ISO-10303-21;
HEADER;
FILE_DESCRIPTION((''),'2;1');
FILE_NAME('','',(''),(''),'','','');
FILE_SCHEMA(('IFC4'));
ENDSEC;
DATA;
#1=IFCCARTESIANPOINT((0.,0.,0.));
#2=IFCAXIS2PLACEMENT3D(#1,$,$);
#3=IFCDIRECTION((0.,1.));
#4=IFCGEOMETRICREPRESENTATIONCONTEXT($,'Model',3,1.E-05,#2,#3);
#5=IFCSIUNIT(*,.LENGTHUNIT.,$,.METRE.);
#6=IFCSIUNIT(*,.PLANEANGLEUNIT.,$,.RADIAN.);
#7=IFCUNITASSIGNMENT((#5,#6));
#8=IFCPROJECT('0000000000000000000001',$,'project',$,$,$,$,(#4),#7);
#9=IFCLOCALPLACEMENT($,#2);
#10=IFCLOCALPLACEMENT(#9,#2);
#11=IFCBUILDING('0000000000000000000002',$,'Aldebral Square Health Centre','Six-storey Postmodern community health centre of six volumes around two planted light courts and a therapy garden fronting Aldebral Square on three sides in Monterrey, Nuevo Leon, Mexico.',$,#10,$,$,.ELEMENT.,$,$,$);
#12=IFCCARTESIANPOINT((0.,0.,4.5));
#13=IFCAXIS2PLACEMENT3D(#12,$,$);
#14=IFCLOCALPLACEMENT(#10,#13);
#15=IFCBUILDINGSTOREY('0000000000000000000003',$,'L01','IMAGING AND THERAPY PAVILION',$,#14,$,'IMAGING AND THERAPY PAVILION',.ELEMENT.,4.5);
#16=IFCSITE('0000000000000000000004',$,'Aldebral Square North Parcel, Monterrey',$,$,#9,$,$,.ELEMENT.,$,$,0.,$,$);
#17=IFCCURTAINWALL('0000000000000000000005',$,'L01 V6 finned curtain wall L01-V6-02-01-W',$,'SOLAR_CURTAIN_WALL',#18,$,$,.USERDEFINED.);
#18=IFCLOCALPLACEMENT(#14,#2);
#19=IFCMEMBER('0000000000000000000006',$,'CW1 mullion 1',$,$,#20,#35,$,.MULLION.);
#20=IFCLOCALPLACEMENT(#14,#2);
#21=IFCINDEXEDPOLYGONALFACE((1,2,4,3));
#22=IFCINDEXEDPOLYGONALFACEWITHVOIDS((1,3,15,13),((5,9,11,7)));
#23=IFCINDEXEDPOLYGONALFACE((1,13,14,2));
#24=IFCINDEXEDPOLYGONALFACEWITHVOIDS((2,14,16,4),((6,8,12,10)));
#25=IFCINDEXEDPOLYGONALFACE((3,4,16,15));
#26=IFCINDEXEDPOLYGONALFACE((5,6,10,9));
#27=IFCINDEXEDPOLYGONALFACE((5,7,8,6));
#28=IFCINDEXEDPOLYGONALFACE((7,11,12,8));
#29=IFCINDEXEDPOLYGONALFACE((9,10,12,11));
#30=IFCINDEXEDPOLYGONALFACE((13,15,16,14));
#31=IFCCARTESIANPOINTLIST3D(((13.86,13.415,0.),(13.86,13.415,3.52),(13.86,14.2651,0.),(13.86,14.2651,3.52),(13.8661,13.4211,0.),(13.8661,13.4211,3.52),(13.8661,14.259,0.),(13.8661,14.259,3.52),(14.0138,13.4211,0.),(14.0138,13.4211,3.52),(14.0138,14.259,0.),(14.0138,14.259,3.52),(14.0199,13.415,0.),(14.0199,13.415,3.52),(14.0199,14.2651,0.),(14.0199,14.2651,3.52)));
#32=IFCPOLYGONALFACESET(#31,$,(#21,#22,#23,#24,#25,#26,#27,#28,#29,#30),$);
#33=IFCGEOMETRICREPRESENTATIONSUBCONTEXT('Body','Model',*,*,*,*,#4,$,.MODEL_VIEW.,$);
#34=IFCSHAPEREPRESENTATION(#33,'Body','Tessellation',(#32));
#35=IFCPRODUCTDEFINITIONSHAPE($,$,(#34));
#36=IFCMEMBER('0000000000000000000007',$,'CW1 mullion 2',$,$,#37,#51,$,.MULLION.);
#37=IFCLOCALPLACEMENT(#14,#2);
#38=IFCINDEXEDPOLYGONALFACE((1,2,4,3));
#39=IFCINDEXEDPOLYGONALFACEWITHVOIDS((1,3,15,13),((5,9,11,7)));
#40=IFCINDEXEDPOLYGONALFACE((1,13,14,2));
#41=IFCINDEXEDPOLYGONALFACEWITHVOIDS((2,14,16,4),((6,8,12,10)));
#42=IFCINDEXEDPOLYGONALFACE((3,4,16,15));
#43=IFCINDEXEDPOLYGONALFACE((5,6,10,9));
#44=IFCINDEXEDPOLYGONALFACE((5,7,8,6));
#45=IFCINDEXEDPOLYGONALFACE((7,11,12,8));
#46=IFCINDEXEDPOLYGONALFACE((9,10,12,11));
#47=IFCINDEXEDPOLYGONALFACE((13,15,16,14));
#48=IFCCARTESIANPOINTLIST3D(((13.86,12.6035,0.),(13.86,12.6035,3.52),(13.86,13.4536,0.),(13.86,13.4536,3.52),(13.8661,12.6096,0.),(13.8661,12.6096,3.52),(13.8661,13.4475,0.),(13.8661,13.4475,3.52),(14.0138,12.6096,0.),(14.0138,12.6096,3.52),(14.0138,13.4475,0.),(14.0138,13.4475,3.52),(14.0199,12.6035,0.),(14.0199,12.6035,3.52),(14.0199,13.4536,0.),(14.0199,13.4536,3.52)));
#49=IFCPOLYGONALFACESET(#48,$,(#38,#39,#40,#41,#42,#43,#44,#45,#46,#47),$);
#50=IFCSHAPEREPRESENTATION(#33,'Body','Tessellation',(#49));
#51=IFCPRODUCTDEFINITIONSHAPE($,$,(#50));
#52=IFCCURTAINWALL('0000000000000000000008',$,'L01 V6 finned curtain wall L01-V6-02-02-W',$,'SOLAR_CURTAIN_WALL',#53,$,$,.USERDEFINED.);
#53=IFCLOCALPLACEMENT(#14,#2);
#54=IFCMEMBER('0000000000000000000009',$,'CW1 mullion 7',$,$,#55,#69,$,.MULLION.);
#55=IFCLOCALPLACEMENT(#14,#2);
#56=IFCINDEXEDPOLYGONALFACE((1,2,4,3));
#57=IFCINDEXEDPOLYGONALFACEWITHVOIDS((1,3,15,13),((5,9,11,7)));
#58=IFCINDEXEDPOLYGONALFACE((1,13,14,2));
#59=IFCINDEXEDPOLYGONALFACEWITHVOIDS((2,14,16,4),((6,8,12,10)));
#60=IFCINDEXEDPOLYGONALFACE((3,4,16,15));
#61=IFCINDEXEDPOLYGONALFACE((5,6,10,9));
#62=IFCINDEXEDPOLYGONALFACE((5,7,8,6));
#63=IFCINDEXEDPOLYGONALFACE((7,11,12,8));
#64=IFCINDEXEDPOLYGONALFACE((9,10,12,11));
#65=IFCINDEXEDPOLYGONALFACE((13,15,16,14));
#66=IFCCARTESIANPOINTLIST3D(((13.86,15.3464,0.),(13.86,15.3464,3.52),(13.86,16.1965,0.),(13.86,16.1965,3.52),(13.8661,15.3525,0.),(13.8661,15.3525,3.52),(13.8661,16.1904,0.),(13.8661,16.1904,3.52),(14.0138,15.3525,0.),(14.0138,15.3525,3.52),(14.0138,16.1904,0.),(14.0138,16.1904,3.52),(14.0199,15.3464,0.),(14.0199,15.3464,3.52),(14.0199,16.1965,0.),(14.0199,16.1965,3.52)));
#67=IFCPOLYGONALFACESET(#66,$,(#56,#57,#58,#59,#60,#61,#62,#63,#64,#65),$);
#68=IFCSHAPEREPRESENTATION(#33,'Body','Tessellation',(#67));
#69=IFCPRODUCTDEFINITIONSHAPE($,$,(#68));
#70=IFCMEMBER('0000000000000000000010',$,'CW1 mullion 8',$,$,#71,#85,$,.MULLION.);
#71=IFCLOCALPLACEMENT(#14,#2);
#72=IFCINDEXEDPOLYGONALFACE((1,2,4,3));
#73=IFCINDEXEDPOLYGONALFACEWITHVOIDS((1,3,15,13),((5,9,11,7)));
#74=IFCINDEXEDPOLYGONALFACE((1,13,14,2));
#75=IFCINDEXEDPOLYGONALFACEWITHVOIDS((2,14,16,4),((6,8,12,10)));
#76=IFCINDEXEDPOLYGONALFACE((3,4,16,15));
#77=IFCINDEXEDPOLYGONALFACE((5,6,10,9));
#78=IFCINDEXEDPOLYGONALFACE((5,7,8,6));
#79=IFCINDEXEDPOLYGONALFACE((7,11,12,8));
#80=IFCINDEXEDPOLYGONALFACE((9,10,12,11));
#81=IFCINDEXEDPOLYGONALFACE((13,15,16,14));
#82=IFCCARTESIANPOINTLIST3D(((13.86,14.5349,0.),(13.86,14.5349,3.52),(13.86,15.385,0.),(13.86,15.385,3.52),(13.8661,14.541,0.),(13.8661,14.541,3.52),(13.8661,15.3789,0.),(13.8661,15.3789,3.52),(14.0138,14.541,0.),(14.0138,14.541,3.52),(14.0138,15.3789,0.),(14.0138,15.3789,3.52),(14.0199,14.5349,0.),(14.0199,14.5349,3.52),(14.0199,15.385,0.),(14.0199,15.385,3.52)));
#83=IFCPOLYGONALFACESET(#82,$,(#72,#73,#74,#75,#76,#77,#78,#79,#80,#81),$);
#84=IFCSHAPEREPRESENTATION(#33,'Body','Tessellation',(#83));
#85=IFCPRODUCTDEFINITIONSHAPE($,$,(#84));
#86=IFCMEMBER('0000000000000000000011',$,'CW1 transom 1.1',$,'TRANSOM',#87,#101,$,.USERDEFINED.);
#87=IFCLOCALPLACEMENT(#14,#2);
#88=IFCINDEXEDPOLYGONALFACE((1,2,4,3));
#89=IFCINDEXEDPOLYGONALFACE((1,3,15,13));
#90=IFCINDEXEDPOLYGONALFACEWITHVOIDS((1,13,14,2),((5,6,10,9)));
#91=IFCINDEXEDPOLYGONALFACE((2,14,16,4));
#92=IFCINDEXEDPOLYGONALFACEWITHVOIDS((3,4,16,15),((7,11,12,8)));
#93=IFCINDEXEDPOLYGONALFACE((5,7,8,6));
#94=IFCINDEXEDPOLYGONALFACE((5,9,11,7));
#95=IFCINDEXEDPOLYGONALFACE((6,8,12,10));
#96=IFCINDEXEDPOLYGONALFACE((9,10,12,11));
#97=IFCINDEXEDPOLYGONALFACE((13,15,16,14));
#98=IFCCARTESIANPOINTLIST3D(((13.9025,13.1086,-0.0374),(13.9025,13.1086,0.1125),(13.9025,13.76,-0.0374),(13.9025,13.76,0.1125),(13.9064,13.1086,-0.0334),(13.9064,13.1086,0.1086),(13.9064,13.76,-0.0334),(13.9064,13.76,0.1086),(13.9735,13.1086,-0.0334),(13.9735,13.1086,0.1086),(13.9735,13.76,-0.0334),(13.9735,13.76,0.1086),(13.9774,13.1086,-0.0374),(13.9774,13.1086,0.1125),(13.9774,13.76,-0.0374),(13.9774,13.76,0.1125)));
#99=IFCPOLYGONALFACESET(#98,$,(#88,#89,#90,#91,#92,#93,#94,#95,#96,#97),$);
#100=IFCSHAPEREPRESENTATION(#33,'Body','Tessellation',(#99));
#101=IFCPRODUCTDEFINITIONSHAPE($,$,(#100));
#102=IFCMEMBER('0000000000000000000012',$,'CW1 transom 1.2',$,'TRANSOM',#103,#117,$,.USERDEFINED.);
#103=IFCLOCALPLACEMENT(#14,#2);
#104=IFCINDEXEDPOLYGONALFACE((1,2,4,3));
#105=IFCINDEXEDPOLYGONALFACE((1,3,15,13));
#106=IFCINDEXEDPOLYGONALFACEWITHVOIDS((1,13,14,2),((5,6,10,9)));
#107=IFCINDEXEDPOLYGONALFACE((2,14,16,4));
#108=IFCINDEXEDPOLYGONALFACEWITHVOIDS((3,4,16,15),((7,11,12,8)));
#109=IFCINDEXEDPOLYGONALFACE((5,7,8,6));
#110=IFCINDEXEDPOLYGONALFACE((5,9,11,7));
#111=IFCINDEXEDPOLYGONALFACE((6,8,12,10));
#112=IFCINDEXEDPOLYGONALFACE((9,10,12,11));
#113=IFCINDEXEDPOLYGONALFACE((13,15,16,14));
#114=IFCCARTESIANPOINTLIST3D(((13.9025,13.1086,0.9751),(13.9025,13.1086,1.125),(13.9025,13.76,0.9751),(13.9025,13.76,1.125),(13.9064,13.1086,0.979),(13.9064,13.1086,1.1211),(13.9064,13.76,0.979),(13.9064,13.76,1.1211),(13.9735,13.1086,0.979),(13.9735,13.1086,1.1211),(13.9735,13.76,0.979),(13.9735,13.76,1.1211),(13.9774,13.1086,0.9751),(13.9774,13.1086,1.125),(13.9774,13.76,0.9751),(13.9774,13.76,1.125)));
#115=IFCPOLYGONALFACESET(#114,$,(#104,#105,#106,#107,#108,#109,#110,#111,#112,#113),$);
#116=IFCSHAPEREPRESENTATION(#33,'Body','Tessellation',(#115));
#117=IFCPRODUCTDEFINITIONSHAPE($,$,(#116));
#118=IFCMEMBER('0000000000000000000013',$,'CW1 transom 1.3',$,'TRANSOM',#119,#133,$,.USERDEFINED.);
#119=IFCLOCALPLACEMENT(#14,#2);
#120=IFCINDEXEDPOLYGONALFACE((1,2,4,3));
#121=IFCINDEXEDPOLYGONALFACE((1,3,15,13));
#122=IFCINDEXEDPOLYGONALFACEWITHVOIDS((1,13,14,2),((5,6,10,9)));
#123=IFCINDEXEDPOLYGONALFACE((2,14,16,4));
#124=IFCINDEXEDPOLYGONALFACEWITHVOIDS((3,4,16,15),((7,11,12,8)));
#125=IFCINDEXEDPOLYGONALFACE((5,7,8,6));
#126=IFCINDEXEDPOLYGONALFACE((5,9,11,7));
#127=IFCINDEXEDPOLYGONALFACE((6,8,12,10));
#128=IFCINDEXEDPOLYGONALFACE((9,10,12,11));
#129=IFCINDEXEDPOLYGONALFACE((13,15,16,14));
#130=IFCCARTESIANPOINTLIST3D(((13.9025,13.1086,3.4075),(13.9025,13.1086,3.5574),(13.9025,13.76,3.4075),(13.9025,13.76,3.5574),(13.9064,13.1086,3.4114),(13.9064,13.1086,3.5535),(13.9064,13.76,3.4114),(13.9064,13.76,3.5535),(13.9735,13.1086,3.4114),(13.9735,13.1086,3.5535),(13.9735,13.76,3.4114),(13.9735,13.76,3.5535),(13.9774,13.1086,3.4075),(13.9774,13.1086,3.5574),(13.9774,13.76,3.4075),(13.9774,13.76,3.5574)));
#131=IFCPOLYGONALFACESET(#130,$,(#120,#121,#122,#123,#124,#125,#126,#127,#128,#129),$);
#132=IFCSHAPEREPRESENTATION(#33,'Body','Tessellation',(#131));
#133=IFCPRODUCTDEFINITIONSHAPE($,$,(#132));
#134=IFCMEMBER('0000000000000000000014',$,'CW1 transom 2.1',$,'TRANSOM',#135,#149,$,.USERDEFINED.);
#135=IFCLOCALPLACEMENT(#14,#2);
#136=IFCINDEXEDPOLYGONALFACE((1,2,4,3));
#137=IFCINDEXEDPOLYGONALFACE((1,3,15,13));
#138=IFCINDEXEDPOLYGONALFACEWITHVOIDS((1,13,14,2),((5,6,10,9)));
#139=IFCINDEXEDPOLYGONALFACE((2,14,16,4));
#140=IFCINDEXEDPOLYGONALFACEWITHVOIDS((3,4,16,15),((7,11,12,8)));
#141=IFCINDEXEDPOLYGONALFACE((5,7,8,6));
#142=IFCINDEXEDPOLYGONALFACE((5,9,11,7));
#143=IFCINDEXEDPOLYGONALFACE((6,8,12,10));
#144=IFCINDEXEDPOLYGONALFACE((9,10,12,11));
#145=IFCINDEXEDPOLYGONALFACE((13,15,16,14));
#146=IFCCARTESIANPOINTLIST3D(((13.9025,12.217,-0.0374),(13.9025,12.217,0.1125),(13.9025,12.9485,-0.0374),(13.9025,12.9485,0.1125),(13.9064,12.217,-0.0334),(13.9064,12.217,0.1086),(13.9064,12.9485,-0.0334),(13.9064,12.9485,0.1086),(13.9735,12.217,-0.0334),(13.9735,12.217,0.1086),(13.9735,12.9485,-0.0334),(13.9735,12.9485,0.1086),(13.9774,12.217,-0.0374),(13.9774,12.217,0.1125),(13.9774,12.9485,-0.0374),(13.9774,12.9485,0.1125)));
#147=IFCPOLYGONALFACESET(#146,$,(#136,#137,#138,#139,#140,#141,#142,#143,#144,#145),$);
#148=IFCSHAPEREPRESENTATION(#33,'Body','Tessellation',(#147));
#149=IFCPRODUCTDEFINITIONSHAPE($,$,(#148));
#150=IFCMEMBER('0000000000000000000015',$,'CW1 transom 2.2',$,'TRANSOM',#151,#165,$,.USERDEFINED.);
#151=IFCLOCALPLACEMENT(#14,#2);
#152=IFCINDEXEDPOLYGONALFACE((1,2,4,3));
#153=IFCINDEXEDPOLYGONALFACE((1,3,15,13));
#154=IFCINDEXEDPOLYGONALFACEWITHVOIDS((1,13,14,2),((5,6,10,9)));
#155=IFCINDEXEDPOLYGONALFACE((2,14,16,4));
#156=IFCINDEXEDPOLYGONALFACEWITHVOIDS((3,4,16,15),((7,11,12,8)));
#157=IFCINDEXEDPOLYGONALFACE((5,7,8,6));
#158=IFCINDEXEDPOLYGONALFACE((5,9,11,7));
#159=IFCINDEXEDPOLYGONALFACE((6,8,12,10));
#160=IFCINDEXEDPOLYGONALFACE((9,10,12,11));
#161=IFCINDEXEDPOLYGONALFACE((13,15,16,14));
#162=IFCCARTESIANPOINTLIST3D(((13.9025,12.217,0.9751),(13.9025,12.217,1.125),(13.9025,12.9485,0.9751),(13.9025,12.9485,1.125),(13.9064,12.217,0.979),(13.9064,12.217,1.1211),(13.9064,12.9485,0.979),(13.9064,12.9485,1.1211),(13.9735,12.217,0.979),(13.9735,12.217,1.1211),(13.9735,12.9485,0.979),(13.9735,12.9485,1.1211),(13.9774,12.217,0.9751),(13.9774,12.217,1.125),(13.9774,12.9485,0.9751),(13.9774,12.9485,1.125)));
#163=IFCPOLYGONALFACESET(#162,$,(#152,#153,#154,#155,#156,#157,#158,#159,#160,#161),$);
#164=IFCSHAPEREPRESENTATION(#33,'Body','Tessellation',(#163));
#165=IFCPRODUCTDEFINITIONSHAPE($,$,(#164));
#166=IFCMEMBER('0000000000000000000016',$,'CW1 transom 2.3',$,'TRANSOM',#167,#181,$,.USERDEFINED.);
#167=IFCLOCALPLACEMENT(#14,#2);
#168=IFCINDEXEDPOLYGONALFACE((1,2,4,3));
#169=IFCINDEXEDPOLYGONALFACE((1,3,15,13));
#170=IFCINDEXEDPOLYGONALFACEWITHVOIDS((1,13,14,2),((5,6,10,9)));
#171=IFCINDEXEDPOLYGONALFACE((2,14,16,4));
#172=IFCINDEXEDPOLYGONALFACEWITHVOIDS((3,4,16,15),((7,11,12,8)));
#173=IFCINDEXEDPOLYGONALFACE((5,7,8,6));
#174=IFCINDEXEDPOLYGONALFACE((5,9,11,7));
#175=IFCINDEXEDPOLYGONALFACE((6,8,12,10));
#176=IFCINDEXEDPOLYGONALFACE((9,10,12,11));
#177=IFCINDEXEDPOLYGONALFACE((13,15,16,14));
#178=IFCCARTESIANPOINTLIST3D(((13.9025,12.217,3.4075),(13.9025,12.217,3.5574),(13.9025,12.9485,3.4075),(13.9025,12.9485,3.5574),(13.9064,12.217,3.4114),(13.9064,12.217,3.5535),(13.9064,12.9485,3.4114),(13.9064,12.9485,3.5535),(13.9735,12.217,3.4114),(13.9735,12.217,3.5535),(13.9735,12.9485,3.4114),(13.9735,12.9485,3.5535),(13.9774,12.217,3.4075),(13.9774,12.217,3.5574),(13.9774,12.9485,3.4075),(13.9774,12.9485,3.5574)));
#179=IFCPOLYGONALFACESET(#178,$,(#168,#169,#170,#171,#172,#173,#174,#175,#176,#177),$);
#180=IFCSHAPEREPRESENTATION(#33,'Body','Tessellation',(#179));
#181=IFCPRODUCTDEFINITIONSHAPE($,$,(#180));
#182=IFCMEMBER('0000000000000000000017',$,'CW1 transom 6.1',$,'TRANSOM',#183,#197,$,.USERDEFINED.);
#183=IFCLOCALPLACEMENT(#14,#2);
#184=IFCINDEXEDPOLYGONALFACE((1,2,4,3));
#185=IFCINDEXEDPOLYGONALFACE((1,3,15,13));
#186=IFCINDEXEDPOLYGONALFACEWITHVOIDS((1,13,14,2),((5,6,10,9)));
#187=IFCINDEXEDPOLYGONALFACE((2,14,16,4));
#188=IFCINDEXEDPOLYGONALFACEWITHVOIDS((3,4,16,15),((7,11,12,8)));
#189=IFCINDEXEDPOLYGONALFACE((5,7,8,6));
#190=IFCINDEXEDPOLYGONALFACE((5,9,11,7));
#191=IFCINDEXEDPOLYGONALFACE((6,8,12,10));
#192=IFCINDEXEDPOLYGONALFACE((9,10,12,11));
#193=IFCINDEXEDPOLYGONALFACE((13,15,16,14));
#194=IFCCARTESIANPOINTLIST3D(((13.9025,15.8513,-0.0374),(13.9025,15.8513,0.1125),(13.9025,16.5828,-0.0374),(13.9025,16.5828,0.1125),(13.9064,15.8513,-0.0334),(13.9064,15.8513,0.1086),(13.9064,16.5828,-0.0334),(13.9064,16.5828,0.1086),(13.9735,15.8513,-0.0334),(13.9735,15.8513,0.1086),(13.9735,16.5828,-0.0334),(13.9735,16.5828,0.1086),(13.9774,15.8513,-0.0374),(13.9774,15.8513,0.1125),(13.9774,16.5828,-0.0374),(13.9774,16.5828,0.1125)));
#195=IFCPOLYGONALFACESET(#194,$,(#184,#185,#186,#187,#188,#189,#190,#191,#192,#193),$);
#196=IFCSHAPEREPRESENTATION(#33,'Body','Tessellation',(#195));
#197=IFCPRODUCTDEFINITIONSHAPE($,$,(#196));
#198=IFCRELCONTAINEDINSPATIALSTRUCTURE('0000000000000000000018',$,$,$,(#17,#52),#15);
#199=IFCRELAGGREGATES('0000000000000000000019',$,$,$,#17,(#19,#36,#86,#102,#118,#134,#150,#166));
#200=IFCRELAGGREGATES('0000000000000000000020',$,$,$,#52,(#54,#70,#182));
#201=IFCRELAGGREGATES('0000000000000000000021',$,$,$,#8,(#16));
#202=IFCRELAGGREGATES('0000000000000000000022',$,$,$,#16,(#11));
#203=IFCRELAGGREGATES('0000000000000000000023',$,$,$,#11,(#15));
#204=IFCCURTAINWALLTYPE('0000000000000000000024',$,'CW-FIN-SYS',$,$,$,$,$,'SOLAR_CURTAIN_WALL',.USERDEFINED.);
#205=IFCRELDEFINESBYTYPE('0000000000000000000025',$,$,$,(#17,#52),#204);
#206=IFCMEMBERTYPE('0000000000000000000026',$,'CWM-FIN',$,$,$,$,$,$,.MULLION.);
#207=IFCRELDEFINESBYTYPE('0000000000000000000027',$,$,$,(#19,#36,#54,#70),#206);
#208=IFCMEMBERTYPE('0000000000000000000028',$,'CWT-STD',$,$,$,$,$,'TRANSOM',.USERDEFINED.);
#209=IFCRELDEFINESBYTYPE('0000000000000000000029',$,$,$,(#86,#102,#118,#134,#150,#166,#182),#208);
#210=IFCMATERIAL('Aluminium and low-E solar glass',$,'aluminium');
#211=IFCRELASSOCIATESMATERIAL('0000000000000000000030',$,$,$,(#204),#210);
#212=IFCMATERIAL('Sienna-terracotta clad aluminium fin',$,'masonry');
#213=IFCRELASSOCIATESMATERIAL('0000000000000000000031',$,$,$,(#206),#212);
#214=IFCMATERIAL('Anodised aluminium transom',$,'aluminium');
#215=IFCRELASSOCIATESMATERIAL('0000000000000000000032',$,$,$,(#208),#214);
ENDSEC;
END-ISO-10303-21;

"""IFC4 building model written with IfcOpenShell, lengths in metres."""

from ifc_helpers import new_model, si_unit, direction, frame, origin, origin_2d, place, context, subcontext, project, spatial, hollow_rectangle, extrude, material, material_profile, profile_set, type_object, element, aggregate, save


model = new_model("IFC4")

# Units and contexts
model_context = context("Model", 3, precision=1e-05, world=origin(), true_north=direction((0.0, 1.0)))
body_context = subcontext(model_context, "Body", "Model", "MODEL_VIEW")
ifc_project = project(units=[si_unit("LENGTHUNIT", "METRE"), si_unit("PLANEANGLEUNIT", "RADIAN")], contexts=[model_context])

# Site, building, storey
site_placement = place(None, origin())
site = spatial("IfcSite", under=ifc_project, at=site_placement, Name="Aldebral Square North Parcel, Monterrey", CompositionType="ELEMENT", RefElevation=0.0)
building_placement = place(site_placement, origin())
building = spatial("IfcBuilding", under=site, at=building_placement, Name="Aldebral Square Health Centre", Description="Six-storey Postmodern community health centre of six volumes around two planted light courts and a therapy garden fronting Aldebral Square on three sides in Monterrey, Nuevo Leon, Mexico.", CompositionType="ELEMENT")
storey_placement = place(building_placement, frame((0.0, 0.0, 4.5)))
storey = spatial("IfcBuildingStorey", under=building, at=storey_placement, Name="L01", Description="IMAGING AND THERAPY PAVILION", LongName="IMAGING AND THERAPY PAVILION", CompositionType="ELEMENT", Elevation=4.5)

# Curtain walls, members
ifc_material_1 = material(Name="Aluminium and low-E solar glass", Category="aluminium")
curtain_wall_type = type_object("IfcCurtainWallType", Name="CW-FIN-SYS", ElementType="SOLAR_CURTAIN_WALL", PredefinedType="USERDEFINED", material=ifc_material_1)
curtain_wall_1_placement = place(storey_placement, origin())
curtain_wall_1 = element("IfcCurtainWall", 1, at=curtain_wall_1_placement, inside=storey, type_object=curtain_wall_type, Name="L01 V6 finned curtain wall L01-V6-02-01-W", ObjectType="SOLAR_CURTAIN_WALL", PredefinedType="USERDEFINED")
ifc_material_2 = material(Name="Sienna-terracotta clad aluminium fin", Category="masonry")
ifc_material_profile_1 = material_profile(ifc_material_2, hollow_rectangle(XDim=0.1599, YDim=0.8501, WallThickness=0.0061, at=origin_2d()), Name="FIN 160x850x6")
ifc_profile_set_1 = profile_set([ifc_material_profile_1], Name="Sienna-terracotta clad aluminium fin")
member_type_1 = type_object("IfcMemberType", Name="CWM-FIN", PredefinedType="MULLION", material=ifc_profile_set_1)
member_1_placement = place(storey_placement, frame((13.9399, 13.8401, 0.0), z_axis=(0.0, 0.0, 1.0), x_axis=(1.0, 0.0, 0.0)))
member_1 = element("IfcMember", 2, at=member_1_placement, type_object=member_type_1, Name="CW1 mullion 1", PredefinedType="MULLION", context=body_context, shape_type="SweptSolid", body=[
    extrude(hollow_rectangle(XDim=0.1599, YDim=0.8501, WallThickness=0.0061, at=origin_2d()), origin(), (0.0, 0.0, 1.0), 3.52),
])
member_2_placement = place(storey_placement, frame((13.9399, 13.0286, 0.0), z_axis=(0.0, 0.0, 1.0), x_axis=(1.0, 0.0, 0.0)))
member_2 = element("IfcMember", 3, at=member_2_placement, type_object=member_type_1, Name="CW1 mullion 2", PredefinedType="MULLION", context=body_context, shape_type="SweptSolid", body=[
    extrude(hollow_rectangle(XDim=0.1599, YDim=0.8501, WallThickness=0.0061, at=origin_2d()), origin(), (0.0, 0.0, 1.0), 3.52),
])
curtain_wall_2_placement = place(storey_placement, origin())
curtain_wall_2 = element("IfcCurtainWall", 4, at=curtain_wall_2_placement, inside=storey, type_object=curtain_wall_type, Name="L01 V6 finned curtain wall L01-V6-02-02-W", ObjectType="SOLAR_CURTAIN_WALL", PredefinedType="USERDEFINED")
member_3_placement = place(storey_placement, frame((13.9399, 15.7715, 0.0), z_axis=(0.0, 0.0, 1.0), x_axis=(1.0, 0.0, 0.0)))
member_3 = element("IfcMember", 5, at=member_3_placement, type_object=member_type_1, Name="CW1 mullion 7", PredefinedType="MULLION", context=body_context, shape_type="SweptSolid", body=[
    extrude(hollow_rectangle(XDim=0.1599, YDim=0.8501, WallThickness=0.0061, at=origin_2d()), origin(), (0.0, 0.0, 1.0), 3.52),
])
member_4_placement = place(storey_placement, frame((13.9399, 14.96, 0.0), z_axis=(0.0, 0.0, 1.0), x_axis=(1.0, 0.0, 0.0)))
member_4 = element("IfcMember", 6, at=member_4_placement, type_object=member_type_1, Name="CW1 mullion 8", PredefinedType="MULLION", context=body_context, shape_type="SweptSolid", body=[
    extrude(hollow_rectangle(XDim=0.1599, YDim=0.8501, WallThickness=0.0061, at=origin_2d()), origin(), (0.0, 0.0, 1.0), 3.52),
])

# Members
ifc_material_3 = material(Name="Anodised aluminium transom", Category="aluminium")
ifc_material_profile_2 = material_profile(ifc_material_3, hollow_rectangle(XDim=0.075, YDim=0.1499, WallThickness=0.0039, at=origin_2d()), Name="CWT 75x150x4")
ifc_profile_set_2 = profile_set([ifc_material_profile_2], Name="Anodised aluminium transom")
member_type_2 = type_object("IfcMemberType", Name="CWT-STD", ElementType="TRANSOM", PredefinedType="USERDEFINED", material=ifc_profile_set_2)
member_5_placement = place(storey_placement, frame((13.9399, 13.76, 0.0376), z_axis=(0.0, -1.0, 0.0), x_axis=(1.0, 0.0, 0.0)))
member_5 = element("IfcMember", 7, at=member_5_placement, type_object=member_type_2, Name="CW1 transom 1.1", ObjectType="TRANSOM", PredefinedType="USERDEFINED", context=body_context, shape_type="SweptSolid", body=[
    extrude(hollow_rectangle(XDim=0.075, YDim=0.1499, WallThickness=0.0039, at=origin_2d()), origin(), (0.0, 0.0, 1.0), 0.6514),
])
member_6_placement = place(storey_placement, frame((13.9399, 13.76, 1.05), z_axis=(0.0, -1.0, 0.0), x_axis=(1.0, 0.0, 0.0)))
member_6 = element("IfcMember", 8, at=member_6_placement, type_object=member_type_2, Name="CW1 transom 1.2", ObjectType="TRANSOM", PredefinedType="USERDEFINED", context=body_context, shape_type="SweptSolid", body=[
    extrude(hollow_rectangle(XDim=0.075, YDim=0.1499, WallThickness=0.0039, at=origin_2d()), origin(), (0.0, 0.0, 1.0), 0.6514),
])
member_7_placement = place(storey_placement, frame((13.9399, 13.76, 3.4824), z_axis=(0.0, -1.0, 0.0), x_axis=(1.0, 0.0, 0.0)))
member_7 = element("IfcMember", 9, at=member_7_placement, type_object=member_type_2, Name="CW1 transom 1.3", ObjectType="TRANSOM", PredefinedType="USERDEFINED", context=body_context, shape_type="SweptSolid", body=[
    extrude(hollow_rectangle(XDim=0.075, YDim=0.1499, WallThickness=0.0039, at=origin_2d()), origin(), (0.0, 0.0, 1.0), 0.6514),
])
member_8_placement = place(storey_placement, frame((13.9399, 12.9485, 0.0376), z_axis=(0.0, -1.0, 0.0), x_axis=(1.0, 0.0, 0.0)))
member_8 = element("IfcMember", 10, at=member_8_placement, type_object=member_type_2, Name="CW1 transom 2.1", ObjectType="TRANSOM", PredefinedType="USERDEFINED", context=body_context, shape_type="SweptSolid", body=[
    extrude(hollow_rectangle(XDim=0.075, YDim=0.1499, WallThickness=0.0039, at=origin_2d()), origin(), (0.0, 0.0, 1.0), 0.7314),
])
member_9_placement = place(storey_placement, frame((13.9399, 12.9485, 1.05), z_axis=(0.0, -1.0, 0.0), x_axis=(1.0, 0.0, 0.0)))
member_9 = element("IfcMember", 11, at=member_9_placement, type_object=member_type_2, Name="CW1 transom 2.2", ObjectType="TRANSOM", PredefinedType="USERDEFINED", context=body_context, shape_type="SweptSolid", body=[
    extrude(hollow_rectangle(XDim=0.075, YDim=0.1499, WallThickness=0.0039, at=origin_2d()), origin(), (0.0, 0.0, 1.0), 0.7314),
])
member_10_placement = place(storey_placement, frame((13.9399, 12.9485, 3.4824), z_axis=(0.0, -1.0, 0.0), x_axis=(1.0, 0.0, 0.0)))
member_10 = element("IfcMember", 12, at=member_10_placement, type_object=member_type_2, Name="CW1 transom 2.3", ObjectType="TRANSOM", PredefinedType="USERDEFINED", context=body_context, shape_type="SweptSolid", body=[
    extrude(hollow_rectangle(XDim=0.075, YDim=0.1499, WallThickness=0.0039, at=origin_2d()), origin(), (0.0, 0.0, 1.0), 0.7314),
])
member_11_placement = place(storey_placement, frame((13.9399, 16.5828, 0.0376), z_axis=(0.0, -1.0, 0.0), x_axis=(1.0, 0.0, 0.0)))
member_11 = element("IfcMember", 13, at=member_11_placement, type_object=member_type_2, Name="CW1 transom 6.1", ObjectType="TRANSOM", PredefinedType="USERDEFINED", context=body_context, shape_type="SweptSolid", body=[
    extrude(hollow_rectangle(XDim=0.075, YDim=0.1499, WallThickness=0.0039, at=origin_2d()), origin(), (0.0, 0.0, 1.0), 0.7314),
])

aggregate(curtain_wall_1, [member_1, member_2, member_5, member_6, member_7, member_8, member_9, member_10])
aggregate(curtain_wall_2, [member_3, member_4, member_11])

save(model, "model.ifc")
